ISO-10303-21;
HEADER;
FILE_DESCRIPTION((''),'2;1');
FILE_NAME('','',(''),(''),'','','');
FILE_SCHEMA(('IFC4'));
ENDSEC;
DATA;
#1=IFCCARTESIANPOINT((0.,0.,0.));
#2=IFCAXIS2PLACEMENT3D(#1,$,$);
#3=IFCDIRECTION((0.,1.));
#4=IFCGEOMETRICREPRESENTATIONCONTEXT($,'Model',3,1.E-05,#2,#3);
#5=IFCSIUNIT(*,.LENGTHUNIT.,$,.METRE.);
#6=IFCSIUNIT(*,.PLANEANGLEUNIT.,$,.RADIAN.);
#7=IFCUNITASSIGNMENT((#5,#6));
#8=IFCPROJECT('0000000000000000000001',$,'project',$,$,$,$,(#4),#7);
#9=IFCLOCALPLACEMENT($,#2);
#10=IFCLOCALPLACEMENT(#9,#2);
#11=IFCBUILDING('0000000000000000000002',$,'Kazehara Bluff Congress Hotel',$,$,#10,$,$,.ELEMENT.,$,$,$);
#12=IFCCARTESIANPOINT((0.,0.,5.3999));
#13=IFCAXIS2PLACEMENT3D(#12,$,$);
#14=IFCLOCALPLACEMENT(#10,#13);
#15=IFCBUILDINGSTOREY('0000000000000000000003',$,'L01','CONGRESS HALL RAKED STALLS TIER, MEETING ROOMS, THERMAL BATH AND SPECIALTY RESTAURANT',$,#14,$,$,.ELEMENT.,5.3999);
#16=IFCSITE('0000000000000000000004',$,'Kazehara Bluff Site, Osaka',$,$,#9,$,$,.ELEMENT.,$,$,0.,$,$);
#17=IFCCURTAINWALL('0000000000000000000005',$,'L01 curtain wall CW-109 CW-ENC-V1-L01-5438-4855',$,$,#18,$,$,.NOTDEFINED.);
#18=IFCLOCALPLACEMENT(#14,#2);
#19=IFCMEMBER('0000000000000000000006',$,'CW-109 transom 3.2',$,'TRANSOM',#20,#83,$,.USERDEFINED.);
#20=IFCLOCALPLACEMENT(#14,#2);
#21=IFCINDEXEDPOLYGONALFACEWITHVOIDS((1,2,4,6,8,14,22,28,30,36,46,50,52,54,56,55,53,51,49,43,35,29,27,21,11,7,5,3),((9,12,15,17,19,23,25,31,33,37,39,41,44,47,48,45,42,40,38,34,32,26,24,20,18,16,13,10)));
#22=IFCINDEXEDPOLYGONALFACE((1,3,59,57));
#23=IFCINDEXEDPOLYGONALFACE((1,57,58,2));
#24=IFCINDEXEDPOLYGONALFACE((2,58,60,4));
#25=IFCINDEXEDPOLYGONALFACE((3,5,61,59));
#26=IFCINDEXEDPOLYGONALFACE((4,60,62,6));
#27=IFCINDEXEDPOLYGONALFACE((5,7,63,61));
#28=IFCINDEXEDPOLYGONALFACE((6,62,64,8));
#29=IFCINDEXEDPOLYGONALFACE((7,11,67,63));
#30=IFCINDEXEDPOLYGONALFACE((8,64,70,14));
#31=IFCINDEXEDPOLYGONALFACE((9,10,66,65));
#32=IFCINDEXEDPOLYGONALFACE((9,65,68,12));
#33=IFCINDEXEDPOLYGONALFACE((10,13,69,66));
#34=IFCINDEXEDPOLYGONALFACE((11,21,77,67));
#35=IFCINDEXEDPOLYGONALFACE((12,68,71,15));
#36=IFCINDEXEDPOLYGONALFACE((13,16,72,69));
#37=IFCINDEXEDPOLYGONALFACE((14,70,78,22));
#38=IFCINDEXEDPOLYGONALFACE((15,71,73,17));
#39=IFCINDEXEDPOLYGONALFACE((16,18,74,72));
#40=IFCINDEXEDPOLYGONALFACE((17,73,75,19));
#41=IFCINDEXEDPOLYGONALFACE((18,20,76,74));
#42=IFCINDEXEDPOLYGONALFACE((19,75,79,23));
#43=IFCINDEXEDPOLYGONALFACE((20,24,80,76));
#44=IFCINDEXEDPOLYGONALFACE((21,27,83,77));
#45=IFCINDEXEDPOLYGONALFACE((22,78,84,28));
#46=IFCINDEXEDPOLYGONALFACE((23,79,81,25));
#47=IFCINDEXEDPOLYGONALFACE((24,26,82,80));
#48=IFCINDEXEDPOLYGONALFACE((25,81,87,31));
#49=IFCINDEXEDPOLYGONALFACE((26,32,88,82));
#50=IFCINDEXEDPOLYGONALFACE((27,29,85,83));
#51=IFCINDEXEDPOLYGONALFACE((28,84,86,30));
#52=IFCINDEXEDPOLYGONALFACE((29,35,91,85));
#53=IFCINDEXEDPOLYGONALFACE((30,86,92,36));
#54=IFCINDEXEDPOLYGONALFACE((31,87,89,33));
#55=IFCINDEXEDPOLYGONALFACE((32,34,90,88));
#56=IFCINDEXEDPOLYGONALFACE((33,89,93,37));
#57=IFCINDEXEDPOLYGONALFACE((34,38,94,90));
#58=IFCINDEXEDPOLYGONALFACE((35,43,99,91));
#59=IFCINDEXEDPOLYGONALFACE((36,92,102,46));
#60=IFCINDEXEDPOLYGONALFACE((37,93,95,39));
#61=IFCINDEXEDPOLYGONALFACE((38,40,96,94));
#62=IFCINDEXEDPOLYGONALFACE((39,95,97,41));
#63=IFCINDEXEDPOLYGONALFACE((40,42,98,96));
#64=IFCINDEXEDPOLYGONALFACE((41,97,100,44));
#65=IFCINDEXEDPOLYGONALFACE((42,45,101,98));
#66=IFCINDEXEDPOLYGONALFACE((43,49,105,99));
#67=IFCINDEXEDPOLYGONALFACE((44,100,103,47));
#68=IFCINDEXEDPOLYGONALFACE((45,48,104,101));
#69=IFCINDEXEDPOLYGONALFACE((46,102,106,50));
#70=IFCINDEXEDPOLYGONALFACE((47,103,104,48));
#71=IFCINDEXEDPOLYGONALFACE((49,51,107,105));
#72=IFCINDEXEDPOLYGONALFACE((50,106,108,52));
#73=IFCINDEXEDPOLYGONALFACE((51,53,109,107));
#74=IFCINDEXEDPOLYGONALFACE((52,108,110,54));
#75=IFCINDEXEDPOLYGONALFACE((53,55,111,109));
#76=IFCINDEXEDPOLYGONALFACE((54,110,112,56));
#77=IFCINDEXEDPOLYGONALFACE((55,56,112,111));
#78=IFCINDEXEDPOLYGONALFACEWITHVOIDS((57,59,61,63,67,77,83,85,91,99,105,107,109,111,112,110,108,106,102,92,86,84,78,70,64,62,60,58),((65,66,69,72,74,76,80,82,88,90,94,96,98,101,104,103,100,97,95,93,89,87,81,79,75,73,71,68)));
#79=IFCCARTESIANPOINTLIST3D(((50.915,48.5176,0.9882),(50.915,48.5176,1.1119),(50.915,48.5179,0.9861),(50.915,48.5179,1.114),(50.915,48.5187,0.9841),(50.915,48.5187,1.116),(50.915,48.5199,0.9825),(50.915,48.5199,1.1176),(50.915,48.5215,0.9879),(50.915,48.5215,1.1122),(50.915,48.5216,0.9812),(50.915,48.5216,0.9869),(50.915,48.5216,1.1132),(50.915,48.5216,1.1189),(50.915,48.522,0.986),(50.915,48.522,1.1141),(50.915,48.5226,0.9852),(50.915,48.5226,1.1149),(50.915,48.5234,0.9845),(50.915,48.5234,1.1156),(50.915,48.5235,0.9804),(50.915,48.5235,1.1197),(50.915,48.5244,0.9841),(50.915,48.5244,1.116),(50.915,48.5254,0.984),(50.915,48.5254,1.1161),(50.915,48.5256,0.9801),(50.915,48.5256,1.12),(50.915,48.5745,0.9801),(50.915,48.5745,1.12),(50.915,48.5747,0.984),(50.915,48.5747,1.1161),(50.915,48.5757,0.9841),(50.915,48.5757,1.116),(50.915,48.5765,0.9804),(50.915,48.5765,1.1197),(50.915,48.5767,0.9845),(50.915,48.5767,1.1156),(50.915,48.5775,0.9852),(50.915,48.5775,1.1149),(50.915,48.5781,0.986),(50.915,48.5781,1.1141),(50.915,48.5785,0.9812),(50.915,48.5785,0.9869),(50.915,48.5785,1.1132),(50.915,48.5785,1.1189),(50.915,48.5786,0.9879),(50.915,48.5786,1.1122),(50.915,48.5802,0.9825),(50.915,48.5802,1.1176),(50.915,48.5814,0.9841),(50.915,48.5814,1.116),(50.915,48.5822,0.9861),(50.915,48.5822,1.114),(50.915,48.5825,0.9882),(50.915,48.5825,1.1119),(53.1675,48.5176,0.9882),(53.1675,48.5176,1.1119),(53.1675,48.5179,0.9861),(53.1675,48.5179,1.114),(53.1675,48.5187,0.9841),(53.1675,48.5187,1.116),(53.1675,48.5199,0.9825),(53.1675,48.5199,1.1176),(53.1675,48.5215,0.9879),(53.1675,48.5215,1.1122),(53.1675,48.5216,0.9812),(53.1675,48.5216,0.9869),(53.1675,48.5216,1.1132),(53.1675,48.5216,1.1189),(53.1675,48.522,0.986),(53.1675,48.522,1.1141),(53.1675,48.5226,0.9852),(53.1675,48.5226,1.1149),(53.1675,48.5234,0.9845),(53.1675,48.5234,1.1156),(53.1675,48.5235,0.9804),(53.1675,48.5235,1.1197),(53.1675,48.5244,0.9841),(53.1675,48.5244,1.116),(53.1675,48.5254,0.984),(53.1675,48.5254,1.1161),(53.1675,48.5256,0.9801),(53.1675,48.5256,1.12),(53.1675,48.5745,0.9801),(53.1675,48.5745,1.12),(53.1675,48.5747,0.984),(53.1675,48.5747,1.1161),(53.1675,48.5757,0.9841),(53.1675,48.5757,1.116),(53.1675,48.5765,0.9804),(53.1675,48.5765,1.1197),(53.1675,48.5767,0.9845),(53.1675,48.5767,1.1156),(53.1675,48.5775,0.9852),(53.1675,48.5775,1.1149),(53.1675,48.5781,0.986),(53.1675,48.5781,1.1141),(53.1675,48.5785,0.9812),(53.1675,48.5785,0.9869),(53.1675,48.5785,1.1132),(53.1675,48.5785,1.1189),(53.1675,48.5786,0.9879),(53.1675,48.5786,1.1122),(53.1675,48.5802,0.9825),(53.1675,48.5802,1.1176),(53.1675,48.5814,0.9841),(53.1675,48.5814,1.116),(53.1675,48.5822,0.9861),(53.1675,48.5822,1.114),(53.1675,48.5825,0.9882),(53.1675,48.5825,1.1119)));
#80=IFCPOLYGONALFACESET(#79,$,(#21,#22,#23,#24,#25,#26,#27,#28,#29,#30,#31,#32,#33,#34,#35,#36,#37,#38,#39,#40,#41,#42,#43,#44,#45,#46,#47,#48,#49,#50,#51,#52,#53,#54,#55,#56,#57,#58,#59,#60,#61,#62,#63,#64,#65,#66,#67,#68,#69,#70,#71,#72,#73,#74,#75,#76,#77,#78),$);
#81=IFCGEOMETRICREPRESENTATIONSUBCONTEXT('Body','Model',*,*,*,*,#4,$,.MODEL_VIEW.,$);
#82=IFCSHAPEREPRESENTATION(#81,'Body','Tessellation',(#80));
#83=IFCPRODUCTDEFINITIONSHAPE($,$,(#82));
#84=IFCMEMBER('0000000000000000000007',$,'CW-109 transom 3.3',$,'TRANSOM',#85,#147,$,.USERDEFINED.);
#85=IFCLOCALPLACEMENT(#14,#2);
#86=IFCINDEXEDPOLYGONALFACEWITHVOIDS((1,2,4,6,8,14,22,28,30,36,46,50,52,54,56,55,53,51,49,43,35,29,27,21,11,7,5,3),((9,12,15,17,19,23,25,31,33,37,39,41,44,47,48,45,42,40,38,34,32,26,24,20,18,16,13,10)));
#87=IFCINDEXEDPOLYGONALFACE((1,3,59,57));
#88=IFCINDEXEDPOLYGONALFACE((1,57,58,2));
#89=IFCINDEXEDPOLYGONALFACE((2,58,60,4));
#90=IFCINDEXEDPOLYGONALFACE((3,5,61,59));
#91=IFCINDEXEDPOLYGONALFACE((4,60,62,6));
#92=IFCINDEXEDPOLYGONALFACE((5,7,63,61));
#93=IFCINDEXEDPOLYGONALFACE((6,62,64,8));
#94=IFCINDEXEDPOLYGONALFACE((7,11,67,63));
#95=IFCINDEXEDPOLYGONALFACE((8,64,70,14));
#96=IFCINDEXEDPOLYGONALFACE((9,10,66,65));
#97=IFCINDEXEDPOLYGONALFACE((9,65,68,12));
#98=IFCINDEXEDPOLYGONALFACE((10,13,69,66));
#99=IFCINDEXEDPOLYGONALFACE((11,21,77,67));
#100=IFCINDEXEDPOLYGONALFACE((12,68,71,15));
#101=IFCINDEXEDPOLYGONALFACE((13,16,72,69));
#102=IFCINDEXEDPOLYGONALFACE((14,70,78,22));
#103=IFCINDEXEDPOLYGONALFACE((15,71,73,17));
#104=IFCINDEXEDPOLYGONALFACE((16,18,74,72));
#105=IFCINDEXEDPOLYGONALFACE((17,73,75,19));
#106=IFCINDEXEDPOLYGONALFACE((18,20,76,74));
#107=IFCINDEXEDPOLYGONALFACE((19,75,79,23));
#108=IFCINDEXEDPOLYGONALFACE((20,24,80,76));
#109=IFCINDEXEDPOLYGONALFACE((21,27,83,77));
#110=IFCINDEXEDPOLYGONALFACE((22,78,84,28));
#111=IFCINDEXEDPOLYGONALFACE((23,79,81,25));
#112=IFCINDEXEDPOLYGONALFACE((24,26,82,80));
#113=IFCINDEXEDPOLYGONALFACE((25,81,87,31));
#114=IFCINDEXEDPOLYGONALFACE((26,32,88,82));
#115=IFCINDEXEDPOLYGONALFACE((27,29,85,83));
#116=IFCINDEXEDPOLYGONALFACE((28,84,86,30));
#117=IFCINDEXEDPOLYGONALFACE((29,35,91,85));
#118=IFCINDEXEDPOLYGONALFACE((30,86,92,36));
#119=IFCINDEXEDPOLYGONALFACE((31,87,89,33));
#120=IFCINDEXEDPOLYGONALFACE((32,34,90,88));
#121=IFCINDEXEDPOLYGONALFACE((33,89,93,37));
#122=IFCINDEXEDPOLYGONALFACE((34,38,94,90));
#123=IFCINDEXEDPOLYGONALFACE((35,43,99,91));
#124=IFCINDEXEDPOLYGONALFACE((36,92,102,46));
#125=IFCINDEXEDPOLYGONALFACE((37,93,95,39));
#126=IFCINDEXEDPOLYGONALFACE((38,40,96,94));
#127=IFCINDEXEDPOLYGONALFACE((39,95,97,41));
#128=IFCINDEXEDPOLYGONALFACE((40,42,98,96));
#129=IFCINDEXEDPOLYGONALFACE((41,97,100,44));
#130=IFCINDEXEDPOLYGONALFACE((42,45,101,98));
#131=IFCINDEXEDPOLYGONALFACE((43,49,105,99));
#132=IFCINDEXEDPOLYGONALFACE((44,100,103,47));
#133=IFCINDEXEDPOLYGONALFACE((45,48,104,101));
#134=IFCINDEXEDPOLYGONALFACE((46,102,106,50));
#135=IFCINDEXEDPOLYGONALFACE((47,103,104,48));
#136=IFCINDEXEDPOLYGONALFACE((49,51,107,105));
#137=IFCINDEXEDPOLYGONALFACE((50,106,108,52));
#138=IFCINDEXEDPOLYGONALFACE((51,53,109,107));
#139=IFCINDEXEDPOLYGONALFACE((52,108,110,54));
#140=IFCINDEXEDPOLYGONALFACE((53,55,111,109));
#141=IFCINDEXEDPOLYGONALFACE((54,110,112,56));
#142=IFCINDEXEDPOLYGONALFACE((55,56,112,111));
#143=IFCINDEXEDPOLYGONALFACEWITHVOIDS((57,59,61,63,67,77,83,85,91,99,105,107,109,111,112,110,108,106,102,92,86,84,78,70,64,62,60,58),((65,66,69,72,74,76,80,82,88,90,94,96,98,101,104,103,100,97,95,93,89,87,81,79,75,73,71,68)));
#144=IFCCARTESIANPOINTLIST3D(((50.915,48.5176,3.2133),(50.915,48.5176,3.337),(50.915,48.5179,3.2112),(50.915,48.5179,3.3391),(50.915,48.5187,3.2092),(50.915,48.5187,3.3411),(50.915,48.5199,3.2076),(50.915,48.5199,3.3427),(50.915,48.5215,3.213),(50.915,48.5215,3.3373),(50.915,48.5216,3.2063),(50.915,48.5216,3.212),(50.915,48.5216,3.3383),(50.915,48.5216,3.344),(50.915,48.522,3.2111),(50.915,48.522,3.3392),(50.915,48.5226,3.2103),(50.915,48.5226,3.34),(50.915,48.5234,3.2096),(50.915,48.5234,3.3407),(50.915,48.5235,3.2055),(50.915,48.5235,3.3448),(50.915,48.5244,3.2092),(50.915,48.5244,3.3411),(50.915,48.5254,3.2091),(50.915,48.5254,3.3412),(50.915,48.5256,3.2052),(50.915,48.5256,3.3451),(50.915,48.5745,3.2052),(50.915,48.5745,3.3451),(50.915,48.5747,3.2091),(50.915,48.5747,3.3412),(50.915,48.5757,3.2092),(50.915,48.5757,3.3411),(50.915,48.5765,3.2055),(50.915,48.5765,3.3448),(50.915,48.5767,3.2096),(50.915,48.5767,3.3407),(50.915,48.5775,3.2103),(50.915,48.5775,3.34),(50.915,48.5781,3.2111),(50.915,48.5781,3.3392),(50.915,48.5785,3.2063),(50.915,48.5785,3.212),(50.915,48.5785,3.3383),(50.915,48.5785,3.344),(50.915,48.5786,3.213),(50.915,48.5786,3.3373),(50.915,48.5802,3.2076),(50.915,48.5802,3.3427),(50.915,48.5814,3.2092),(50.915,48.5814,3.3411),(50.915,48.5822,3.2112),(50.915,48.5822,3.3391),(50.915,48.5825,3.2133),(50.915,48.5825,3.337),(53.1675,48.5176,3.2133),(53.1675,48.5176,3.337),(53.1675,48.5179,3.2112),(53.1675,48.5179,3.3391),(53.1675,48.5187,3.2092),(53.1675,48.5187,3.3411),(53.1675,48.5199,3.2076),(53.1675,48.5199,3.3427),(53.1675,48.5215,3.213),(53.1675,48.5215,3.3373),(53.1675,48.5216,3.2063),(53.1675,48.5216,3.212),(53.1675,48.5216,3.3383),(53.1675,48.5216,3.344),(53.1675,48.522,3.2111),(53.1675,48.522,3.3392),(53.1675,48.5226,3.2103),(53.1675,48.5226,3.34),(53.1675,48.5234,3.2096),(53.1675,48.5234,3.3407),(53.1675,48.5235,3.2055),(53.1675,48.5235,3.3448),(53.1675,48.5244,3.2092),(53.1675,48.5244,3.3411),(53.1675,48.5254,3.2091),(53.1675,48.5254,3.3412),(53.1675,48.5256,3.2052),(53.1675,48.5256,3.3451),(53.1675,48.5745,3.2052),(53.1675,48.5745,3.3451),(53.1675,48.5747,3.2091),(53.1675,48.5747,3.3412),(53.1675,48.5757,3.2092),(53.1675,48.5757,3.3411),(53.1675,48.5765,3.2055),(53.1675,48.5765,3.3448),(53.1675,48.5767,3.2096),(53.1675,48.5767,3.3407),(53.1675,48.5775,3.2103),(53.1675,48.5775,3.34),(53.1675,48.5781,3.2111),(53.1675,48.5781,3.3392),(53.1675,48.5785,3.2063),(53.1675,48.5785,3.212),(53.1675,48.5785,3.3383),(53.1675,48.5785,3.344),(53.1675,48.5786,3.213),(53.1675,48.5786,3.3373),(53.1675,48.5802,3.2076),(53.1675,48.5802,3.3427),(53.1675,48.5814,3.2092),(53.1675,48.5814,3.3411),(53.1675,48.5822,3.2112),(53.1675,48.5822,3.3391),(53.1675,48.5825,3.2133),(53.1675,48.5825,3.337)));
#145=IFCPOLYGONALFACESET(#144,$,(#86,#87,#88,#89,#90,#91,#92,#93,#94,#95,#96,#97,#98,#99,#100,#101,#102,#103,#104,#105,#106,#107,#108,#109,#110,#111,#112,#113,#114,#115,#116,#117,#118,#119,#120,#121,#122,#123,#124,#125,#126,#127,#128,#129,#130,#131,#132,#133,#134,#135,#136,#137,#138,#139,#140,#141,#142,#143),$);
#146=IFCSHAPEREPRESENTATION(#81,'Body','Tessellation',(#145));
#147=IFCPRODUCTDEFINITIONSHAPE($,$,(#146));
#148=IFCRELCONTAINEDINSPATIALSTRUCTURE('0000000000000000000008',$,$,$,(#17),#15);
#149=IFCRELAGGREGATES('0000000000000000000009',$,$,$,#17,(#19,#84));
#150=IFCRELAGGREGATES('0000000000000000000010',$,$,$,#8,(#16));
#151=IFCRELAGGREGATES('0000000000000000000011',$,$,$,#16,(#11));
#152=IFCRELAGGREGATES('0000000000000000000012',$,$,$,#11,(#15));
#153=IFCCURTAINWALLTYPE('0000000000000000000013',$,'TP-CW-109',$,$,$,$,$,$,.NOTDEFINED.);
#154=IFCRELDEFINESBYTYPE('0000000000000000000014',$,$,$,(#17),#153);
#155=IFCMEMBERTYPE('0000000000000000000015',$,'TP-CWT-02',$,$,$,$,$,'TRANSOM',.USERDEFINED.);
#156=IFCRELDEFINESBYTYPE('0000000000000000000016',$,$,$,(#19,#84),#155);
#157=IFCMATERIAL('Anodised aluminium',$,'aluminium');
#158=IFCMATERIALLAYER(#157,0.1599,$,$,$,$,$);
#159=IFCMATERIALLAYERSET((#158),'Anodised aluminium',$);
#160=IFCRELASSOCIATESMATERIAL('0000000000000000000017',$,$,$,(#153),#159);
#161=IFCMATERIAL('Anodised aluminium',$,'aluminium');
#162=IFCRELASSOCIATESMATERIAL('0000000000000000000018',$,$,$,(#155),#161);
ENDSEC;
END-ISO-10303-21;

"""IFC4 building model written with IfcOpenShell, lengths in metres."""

from ifc_helpers import new_model, si_unit, direction, frame, origin, origin_2d, place, context, subcontext, project, spatial, hollow_rectangle, extrude, material, layer, layer_set, material_profile, profile_set, type_object, element, aggregate, save


model = new_model("IFC4")

# Units and contexts
model_context = context("Model", 3, precision=1e-05, world=origin(), true_north=direction((0.0, 1.0)))
body_context = subcontext(model_context, "Body", "Model", "MODEL_VIEW")
ifc_project = project(units=[si_unit("LENGTHUNIT", "METRE"), si_unit("PLANEANGLEUNIT", "RADIAN")], contexts=[model_context])

# Site, building, storey
site_placement = place(None, origin())
site = spatial("IfcSite", under=ifc_project, at=site_placement, Name="Kazehara Bluff Site, Osaka", CompositionType="ELEMENT", RefElevation=0.0)
building_placement = place(site_placement, origin())
building = spatial("IfcBuilding", under=site, at=building_placement, Name="Kazehara Bluff Congress Hotel", CompositionType="ELEMENT")
storey_placement = place(building_placement, frame((0.0, 0.0, 5.3999)))
storey = spatial("IfcBuildingStorey", under=building, at=storey_placement, Name="L01", Description="CONGRESS HALL RAKED STALLS TIER, MEETING ROOMS, THERMAL BATH AND SPECIALTY RESTAURANT", CompositionType="ELEMENT", Elevation=5.3999)

# Curtain wall, members
ifc_material_1 = material(Name="Anodised aluminium", Category="aluminium")
ifc_layer_1 = layer(ifc_material_1, 0.1599)
ifc_layer_set_1 = layer_set([ifc_layer_1], Name="Anodised aluminium")
curtain_wall_type_1 = type_object("IfcCurtainWallType", Name="TP-CW-109", PredefinedType="NOTDEFINED", material=ifc_layer_set_1)
curtain_wall_1_placement = place(storey_placement, origin())
curtain_wall_1 = element("IfcCurtainWall", 1, at=curtain_wall_1_placement, inside=storey, type_object=curtain_wall_type_1, Name="L01 curtain wall CW-109 CW-ENC-V1-L01-5438-4855", PredefinedType="NOTDEFINED")
ifc_material_2 = material(Name="Anodised aluminium", Category="aluminium")
ifc_material_profile_1 = material_profile(ifc_material_2, hollow_rectangle(XDim=0.0649, YDim=0.1399, WallThickness=0.0039, InnerFilletRadius=0.0039, OuterFilletRadius=0.0081, at=origin_2d()))
ifc_profile_set_1 = profile_set([ifc_material_profile_1], Name="Anodised aluminium")
member_type_1 = type_object("IfcMemberType", Name="TP-CWT-02", ElementType="TRANSOM", PredefinedType="USERDEFINED", material=ifc_profile_set_1)
member_1_placement = place(storey_placement, frame((53.1675, 48.55, 1.05), z_axis=(-1.0, 0.0, 0.0), x_axis=(0.0, -1.0, 0.0)))
member_1 = element("IfcMember", 2, at=member_1_placement, type_object=member_type_1, Name="CW-109 transom 3.2", ObjectType="TRANSOM", PredefinedType="USERDEFINED", context=body_context, shape_type="SweptSolid", body=[
    extrude(hollow_rectangle(XDim=0.0649, YDim=0.1399, WallThickness=0.0039, InnerFilletRadius=0.0039, OuterFilletRadius=0.0081, at=origin_2d()), origin(), (0.0, 0.0, 1.0), 2.2524),
])
member_2_placement = place(storey_placement, frame((53.1675, 48.55, 3.2751), z_axis=(-1.0, 0.0, 0.0), x_axis=(0.0, -1.0, 0.0)))
member_2 = element("IfcMember", 3, at=member_2_placement, type_object=member_type_1, Name="CW-109 transom 3.3", ObjectType="TRANSOM", PredefinedType="USERDEFINED", context=body_context, shape_type="SweptSolid", body=[
    extrude(hollow_rectangle(XDim=0.0649, YDim=0.1399, WallThickness=0.0039, InnerFilletRadius=0.0039, OuterFilletRadius=0.0081, at=origin_2d()), origin(), (0.0, 0.0, 1.0), 2.2524),
])

aggregate(curtain_wall_1, [member_1, member_2])

save(model, "model.ifc")
